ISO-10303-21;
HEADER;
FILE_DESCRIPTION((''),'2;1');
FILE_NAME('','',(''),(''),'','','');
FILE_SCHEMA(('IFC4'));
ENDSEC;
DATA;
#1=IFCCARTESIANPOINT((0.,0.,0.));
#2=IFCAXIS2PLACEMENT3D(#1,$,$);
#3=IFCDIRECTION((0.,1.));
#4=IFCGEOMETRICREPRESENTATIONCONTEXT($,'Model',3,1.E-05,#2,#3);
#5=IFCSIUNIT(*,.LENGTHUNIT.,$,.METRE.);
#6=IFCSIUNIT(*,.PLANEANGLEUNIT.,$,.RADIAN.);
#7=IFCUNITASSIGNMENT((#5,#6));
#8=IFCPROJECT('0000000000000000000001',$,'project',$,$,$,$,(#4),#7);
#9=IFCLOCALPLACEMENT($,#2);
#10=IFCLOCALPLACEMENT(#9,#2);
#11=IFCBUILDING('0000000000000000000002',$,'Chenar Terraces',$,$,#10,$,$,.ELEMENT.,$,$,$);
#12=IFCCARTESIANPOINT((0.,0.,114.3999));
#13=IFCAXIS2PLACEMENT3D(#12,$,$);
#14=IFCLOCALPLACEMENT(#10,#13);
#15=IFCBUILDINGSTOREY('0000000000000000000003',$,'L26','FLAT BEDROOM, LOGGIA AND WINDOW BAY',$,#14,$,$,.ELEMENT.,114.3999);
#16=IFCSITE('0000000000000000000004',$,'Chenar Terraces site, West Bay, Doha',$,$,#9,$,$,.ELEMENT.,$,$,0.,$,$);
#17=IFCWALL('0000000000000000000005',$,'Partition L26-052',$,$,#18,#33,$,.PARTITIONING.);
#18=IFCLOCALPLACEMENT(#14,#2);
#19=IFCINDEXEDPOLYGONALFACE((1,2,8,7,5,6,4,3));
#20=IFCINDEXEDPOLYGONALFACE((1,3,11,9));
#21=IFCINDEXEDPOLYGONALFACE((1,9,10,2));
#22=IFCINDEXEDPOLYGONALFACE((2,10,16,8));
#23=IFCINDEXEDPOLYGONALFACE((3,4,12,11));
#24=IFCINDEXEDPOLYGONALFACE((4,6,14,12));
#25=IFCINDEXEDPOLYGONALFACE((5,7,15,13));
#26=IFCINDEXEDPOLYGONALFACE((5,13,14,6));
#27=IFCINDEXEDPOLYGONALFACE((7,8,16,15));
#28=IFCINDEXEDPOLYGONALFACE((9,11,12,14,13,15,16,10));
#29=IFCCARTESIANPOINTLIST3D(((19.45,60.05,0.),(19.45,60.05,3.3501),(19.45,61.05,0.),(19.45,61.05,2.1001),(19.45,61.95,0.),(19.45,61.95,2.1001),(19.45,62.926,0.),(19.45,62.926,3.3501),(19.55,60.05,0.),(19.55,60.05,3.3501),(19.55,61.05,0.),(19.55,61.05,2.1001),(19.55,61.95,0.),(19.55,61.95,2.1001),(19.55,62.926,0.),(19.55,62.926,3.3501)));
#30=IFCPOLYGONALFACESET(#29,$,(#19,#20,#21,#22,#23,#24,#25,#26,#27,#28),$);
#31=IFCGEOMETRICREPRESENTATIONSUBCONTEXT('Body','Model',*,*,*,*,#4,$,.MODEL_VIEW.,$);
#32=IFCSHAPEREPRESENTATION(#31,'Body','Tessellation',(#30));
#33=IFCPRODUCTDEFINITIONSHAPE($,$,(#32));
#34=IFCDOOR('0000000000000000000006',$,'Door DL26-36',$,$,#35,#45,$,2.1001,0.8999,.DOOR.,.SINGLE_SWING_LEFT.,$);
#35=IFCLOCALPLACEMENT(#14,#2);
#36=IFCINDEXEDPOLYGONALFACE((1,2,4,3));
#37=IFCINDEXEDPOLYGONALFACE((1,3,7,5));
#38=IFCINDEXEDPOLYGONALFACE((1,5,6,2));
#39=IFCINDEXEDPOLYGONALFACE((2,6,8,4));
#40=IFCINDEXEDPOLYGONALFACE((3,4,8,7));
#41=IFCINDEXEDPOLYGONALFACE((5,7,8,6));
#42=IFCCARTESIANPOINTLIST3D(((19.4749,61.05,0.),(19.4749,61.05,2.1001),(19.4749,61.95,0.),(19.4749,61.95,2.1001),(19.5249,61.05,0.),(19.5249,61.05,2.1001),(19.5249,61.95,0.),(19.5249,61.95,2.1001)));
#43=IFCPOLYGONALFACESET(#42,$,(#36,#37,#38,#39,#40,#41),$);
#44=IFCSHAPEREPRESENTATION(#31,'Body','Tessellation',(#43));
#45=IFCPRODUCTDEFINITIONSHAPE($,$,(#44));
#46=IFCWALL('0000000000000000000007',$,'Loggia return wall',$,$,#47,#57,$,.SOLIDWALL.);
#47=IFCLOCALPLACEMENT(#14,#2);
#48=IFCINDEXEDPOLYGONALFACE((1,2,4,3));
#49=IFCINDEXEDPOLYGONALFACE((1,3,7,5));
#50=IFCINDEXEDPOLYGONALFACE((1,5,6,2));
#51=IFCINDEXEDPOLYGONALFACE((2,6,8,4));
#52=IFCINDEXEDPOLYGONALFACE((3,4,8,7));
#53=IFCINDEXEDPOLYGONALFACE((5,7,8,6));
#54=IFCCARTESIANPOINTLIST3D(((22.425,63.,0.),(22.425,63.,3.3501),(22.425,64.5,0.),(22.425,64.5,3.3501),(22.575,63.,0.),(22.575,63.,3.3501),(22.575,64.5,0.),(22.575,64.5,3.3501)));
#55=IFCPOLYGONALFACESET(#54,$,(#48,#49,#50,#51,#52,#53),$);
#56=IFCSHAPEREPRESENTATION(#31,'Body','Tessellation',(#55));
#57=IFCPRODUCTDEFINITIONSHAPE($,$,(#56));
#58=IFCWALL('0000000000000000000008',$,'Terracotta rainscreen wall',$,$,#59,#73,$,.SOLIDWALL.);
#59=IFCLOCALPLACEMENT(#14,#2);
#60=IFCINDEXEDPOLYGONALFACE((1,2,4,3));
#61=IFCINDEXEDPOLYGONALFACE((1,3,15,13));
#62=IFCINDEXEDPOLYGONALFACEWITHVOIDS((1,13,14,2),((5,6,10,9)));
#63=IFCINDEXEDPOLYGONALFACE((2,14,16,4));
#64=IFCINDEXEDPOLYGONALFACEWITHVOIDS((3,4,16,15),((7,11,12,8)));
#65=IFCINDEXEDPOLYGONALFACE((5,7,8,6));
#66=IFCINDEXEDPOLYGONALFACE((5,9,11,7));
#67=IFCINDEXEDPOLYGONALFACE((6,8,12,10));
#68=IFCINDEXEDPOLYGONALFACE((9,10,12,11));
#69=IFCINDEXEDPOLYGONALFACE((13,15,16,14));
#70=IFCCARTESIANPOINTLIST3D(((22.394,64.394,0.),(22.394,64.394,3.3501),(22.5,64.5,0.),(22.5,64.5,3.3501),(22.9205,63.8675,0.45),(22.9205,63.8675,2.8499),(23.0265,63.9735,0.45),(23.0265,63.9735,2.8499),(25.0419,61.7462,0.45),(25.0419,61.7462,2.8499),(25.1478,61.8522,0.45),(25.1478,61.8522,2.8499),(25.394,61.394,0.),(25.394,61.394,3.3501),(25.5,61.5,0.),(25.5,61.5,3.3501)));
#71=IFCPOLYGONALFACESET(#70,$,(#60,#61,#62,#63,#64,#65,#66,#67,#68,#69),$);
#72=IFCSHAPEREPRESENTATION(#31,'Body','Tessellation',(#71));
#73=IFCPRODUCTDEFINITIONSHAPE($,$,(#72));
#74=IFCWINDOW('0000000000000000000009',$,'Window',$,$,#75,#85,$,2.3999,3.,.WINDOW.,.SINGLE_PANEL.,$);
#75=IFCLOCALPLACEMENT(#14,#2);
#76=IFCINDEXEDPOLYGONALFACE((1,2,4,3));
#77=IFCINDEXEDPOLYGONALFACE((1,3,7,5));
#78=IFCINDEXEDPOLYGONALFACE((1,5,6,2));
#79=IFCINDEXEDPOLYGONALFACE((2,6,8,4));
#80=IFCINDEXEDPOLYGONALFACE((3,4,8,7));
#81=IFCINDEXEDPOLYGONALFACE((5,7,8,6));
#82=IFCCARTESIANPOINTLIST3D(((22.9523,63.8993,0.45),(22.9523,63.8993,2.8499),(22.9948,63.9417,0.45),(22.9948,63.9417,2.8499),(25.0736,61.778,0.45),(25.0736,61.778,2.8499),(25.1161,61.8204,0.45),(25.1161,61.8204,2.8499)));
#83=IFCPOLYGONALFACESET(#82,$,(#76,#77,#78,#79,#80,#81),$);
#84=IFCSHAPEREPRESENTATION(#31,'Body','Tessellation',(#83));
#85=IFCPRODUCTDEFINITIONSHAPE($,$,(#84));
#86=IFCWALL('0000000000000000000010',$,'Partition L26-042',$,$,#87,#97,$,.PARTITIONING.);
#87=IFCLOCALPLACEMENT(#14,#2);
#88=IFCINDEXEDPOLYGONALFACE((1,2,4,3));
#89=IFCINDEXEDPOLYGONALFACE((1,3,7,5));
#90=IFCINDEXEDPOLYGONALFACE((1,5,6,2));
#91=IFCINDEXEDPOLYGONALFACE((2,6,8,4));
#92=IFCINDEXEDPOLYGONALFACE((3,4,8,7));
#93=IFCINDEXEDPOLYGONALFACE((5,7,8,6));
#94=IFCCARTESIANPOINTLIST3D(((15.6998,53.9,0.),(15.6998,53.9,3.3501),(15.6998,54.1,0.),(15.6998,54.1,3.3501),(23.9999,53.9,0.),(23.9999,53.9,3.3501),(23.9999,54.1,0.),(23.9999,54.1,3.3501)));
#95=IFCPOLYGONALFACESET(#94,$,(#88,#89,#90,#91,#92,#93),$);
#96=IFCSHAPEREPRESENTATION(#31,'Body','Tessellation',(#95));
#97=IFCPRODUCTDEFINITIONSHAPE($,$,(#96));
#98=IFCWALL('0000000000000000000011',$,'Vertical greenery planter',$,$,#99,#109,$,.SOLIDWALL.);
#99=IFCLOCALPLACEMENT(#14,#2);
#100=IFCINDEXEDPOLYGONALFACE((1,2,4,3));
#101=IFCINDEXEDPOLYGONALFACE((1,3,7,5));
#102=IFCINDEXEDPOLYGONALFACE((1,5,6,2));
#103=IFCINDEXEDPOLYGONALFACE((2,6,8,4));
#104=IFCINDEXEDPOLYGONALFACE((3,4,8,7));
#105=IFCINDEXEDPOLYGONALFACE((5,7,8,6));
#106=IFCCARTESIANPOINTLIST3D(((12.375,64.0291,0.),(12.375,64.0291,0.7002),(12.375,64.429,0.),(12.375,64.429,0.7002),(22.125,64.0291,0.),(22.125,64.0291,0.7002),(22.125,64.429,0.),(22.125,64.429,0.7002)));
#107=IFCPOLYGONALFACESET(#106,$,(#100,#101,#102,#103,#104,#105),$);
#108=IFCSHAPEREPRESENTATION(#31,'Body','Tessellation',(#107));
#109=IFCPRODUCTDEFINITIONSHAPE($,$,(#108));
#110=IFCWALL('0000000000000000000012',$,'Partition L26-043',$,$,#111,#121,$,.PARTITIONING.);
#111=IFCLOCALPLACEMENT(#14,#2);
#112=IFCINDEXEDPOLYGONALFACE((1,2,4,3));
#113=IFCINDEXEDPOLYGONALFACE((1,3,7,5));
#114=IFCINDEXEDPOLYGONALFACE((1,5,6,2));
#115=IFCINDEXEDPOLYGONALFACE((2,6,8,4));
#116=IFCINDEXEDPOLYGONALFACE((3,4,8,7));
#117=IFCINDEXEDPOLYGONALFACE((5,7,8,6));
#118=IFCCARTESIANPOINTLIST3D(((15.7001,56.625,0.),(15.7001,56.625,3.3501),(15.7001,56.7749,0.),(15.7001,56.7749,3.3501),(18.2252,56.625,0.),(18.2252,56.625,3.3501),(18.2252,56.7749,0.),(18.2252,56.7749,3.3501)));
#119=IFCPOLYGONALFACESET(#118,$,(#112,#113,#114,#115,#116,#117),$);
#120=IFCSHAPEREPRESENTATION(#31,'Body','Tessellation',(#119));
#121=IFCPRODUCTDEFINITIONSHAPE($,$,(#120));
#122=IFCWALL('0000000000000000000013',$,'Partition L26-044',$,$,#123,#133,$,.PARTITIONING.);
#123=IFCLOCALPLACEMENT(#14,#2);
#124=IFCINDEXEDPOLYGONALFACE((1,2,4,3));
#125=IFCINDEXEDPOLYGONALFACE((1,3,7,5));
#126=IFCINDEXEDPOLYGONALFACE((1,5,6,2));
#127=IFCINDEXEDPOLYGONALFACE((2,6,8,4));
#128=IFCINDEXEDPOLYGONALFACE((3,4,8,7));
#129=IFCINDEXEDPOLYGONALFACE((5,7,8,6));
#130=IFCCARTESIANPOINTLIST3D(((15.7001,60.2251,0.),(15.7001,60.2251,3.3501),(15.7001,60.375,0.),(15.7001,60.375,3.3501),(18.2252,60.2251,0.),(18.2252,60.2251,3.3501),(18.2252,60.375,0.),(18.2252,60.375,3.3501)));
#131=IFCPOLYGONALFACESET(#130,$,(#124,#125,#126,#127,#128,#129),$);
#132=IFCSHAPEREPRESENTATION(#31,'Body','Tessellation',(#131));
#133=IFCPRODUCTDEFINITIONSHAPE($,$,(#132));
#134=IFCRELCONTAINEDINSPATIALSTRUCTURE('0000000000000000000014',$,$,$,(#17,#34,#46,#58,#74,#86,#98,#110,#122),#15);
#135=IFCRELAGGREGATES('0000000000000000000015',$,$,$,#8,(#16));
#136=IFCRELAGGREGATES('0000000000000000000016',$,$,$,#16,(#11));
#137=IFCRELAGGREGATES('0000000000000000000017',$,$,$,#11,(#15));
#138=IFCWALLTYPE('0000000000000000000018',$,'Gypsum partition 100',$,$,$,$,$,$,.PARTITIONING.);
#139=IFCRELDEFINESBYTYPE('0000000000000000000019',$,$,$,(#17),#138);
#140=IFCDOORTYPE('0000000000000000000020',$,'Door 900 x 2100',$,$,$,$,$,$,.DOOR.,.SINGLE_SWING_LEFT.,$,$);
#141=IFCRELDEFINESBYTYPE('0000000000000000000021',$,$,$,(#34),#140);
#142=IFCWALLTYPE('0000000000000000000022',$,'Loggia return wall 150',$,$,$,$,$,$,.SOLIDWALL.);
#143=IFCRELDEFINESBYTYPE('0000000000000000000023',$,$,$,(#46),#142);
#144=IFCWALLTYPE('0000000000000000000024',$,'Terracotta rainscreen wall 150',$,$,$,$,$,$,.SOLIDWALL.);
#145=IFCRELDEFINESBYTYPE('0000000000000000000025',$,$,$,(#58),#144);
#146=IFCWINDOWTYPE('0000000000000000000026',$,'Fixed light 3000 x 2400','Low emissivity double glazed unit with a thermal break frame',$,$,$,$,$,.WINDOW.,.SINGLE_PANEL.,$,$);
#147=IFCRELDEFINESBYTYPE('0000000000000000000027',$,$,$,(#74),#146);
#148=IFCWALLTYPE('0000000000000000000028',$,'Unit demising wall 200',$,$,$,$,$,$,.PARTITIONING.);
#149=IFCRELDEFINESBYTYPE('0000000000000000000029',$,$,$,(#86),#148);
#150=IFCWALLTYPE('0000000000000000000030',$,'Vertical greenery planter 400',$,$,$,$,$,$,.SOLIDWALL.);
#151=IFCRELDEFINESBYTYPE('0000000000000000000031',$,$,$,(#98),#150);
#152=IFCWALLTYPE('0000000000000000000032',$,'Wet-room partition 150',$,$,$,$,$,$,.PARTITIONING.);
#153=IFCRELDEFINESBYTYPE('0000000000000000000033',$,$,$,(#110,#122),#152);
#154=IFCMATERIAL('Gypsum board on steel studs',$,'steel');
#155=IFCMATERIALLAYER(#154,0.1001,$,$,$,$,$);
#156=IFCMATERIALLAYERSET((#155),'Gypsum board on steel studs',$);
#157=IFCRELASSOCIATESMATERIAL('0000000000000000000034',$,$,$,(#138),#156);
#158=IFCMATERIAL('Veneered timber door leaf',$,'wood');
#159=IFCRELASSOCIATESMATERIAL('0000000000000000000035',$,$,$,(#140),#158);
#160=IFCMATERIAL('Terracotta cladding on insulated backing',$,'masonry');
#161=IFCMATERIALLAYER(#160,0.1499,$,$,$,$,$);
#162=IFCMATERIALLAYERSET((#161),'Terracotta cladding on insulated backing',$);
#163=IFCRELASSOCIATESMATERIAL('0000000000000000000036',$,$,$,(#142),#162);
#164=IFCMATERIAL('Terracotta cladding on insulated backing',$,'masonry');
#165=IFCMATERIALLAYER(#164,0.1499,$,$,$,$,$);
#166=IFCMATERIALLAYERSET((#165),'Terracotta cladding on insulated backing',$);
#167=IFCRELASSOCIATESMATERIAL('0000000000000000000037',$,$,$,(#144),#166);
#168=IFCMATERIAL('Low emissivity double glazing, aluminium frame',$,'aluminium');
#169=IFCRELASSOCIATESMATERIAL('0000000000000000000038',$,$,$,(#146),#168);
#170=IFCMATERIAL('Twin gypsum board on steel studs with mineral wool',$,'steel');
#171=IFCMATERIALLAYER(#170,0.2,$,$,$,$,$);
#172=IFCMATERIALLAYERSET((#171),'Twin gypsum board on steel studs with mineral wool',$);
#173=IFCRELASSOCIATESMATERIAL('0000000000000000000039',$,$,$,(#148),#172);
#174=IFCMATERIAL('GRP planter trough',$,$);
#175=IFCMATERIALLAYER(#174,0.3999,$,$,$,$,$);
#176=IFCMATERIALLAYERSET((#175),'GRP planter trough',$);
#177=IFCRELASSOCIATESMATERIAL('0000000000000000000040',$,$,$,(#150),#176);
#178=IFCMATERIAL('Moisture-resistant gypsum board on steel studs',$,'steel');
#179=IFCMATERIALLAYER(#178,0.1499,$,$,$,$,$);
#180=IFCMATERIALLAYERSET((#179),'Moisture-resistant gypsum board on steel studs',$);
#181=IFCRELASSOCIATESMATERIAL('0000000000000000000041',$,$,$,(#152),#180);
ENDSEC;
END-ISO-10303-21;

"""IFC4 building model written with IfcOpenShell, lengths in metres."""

from ifc_helpers import new_model, si_unit, direction, frame, frame_2d, origin, place, context, subcontext, project, spatial, rectangle, extrude, material, layer, layer_set, type_object, element, fill, save


model = new_model("IFC4")

# Units and contexts
model_context = context("Model", 3, precision=1e-05, world=origin(), true_north=direction((0.0, 1.0)))
body_context = subcontext(model_context, "Body", "Model", "MODEL_VIEW")
ifc_project = project(units=[si_unit("LENGTHUNIT", "METRE"), si_unit("PLANEANGLEUNIT", "RADIAN")], contexts=[model_context])

# Site, building, storey
site_placement = place(None, origin())
site = spatial("IfcSite", under=ifc_project, at=site_placement, Name="Chenar Terraces site, West Bay, Doha", CompositionType="ELEMENT", RefElevation=0.0)
building_placement = place(site_placement, origin())
building = spatial("IfcBuilding", under=site, at=building_placement, Name="Chenar Terraces", CompositionType="ELEMENT")
storey_placement = place(building_placement, frame((0.0, 0.0, 114.3999)))
storey = spatial("IfcBuildingStorey", under=building, at=storey_placement, Name="L26", Description="FLAT BEDROOM, LOGGIA AND WINDOW BAY", CompositionType="ELEMENT", Elevation=114.3999)

# Shared definitions
ifc_material_1 = material(Name="Gypsum board on steel studs", Category="steel")
ifc_layer_1 = layer(ifc_material_1, 0.1001)
ifc_layer_set_1 = layer_set([ifc_layer_1], Name="Gypsum board on steel studs")
wall_type_1 = type_object("IfcWallType", Name="Gypsum partition 100", PredefinedType="PARTITIONING", material=ifc_layer_set_1)

# Wall, opening, door
ifc_material_2 = material(Name="Veneered timber door leaf", Category="wood")
door_type_1 = type_object("IfcDoorType", Name="Door 900 x 2100", OperationType="SINGLE_SWING_LEFT", PredefinedType="DOOR", material=ifc_material_2)
wall_1_placement = place(storey_placement, frame((19.5, 60.05, 0.0), z_axis=(0.0, 0.0, 1.0), x_axis=(0.0, 1.0, 0.0)))
wall_1 = element("IfcWall", 1, at=wall_1_placement, inside=storey, type_object=wall_type_1, Name="Partition L26-052", PredefinedType="PARTITIONING", context=body_context, shape_type="SweptSolid", body=[
    extrude(rectangle(XDim=2.876, YDim=0.1001, at=frame_2d((1.438, 0.0))), origin(), (0.0, 0.0, 1.0), 3.3501),
])
opening_1_placement = place(wall_1_placement, frame((1.0, 0.0, 0.0)))
opening_1 = element("IfcOpeningElement", 2, at=opening_1_placement, cuts=wall_1, PredefinedType="OPENING", context=body_context, shape_type="SweptSolid", body=[
    extrude(rectangle(XDim=0.8999, YDim=2.1001, at=frame_2d((0.45, 1.05))), frame((0.0, 0.0601, 0.0), z_axis=(0.0, -1.0, 0.0), x_axis=(1.0, 0.0, 0.0)), (0.0, 0.0, 1.0), 0.1201),
])
door_1_placement = place(opening_1_placement, frame((0.8999, 0.0, 0.0), z_axis=(0.0, 0.0, 1.0), x_axis=(-1.0, 0.0, 0.0)))
door_1 = element("IfcDoor", 3, at=door_1_placement, inside=storey, type_object=door_type_1, Name="Door DL26-36", OperationType="SINGLE_SWING_LEFT", OverallHeight=2.1001, OverallWidth=0.8999, PredefinedType="DOOR", context=body_context, shape_type="SweptSolid", body=[
    extrude(rectangle(XDim=0.8999, YDim=2.1001, at=frame_2d((0.45, 1.05))), frame((0.0, 0.0249, 0.0), z_axis=(0.0, -1.0, 0.0), x_axis=(1.0, 0.0, 0.0)), (0.0, 0.0, 1.0), 0.05),
])
fill(opening_1, door_1)

# Wall
ifc_material_3 = material(Name="Terracotta cladding on insulated backing", Category="masonry")
ifc_layer_2 = layer(ifc_material_3, 0.1499)
ifc_layer_set_2 = layer_set([ifc_layer_2], Name="Terracotta cladding on insulated backing")
wall_type_2 = type_object("IfcWallType", Name="Loggia return wall 150", PredefinedType="SOLIDWALL", material=ifc_layer_set_2)
wall_2_placement = place(storey_placement, frame((22.5, 64.5, 0.0), z_axis=(0.0, 0.0, 1.0), x_axis=(0.0, -1.0, 0.0)))
element("IfcWall", 4, at=wall_2_placement, inside=storey, type_object=wall_type_2, Name="Loggia return wall", PredefinedType="SOLIDWALL", context=body_context, shape_type="SweptSolid", body=[
    extrude(rectangle(XDim=1.5, YDim=0.1499, at=frame_2d((0.75, 0.0))), origin(), (0.0, 0.0, 1.0), 3.3501),
])

# Wall, opening, window
ifc_material_4 = material(Name="Terracotta cladding on insulated backing", Category="masonry")
ifc_layer_3 = layer(ifc_material_4, 0.1499)
ifc_layer_set_3 = layer_set([ifc_layer_3], Name="Terracotta cladding on insulated backing")
wall_type_3 = type_object("IfcWallType", Name="Terracotta rainscreen wall 150", PredefinedType="SOLIDWALL", material=ifc_layer_set_3)
wall_3_placement = place(storey_placement, frame((25.447, 61.447, 0.0), z_axis=(0.0, 0.0, 1.0), x_axis=(-0.707107, 0.707107, 0.0)))
wall_3 = element("IfcWall", 5, at=wall_3_placement, inside=storey, type_object=wall_type_3, Name="Terracotta rainscreen wall", PredefinedType="SOLIDWALL", context=body_context, shape_type="SweptSolid", body=[
    extrude(rectangle(XDim=4.2427, YDim=0.1499, at=frame_2d((2.1213, 0.0))), origin(), (0.0, 0.0, 1.0), 3.3501),
])
opening_2_placement = place(wall_3_placement, frame((0.498, 0.0, 0.45)))
opening_2 = element("IfcOpeningElement", 6, at=opening_2_placement, cuts=wall_3, PredefinedType="OPENING", context=body_context, shape_type="SweptSolid", body=[
    extrude(rectangle(XDim=3.0, YDim=2.3999, at=frame_2d((1.5, 1.2))), frame((0.0, 0.085, 0.0), z_axis=(0.0, -1.0, 0.0), x_axis=(1.0, 0.0, 0.0)), (0.0, 0.0, 1.0), 0.1699),
])
ifc_material_5 = material(Name="Low emissivity double glazing, aluminium frame", Category="aluminium")
window_type_1 = type_object("IfcWindowType", Name="Fixed light 3000 x 2400", Description="Low emissivity double glazed unit with a thermal break frame", PartitioningType="SINGLE_PANEL", PredefinedType="WINDOW", material=ifc_material_5)
window_1_placement = place(opening_2_placement, origin())
window_1 = element("IfcWindow", 7, at=window_1_placement, inside=storey, type_object=window_type_1, Name="Window", OverallHeight=2.3999, OverallWidth=3.0, PartitioningType="SINGLE_PANEL", PredefinedType="WINDOW", context=body_context, shape_type="SweptSolid", body=[
    extrude(rectangle(XDim=3.0, YDim=2.3999, at=frame_2d((1.5, 1.2))), frame((0.0, 0.03, 0.0), z_axis=(0.0, -1.0, 0.0), x_axis=(1.0, 0.0, 0.0)), (0.0, 0.0, 1.0), 0.0601),
])
fill(opening_2, window_1)

# Walls
ifc_material_6 = material(Name="Twin gypsum board on steel studs with mineral wool", Category="steel")
ifc_layer_4 = layer(ifc_material_6, 0.2)
ifc_layer_set_4 = layer_set([ifc_layer_4], Name="Twin gypsum board on steel studs with mineral wool")
wall_type_4 = type_object("IfcWallType", Name="Unit demising wall 200", PredefinedType="PARTITIONING", material=ifc_layer_set_4)
wall_4_placement = place(storey_placement, frame((15.7, 54.0, 0.0), z_axis=(0.0, 0.0, 1.0), x_axis=(1.0, 0.0, 0.0)))
element("IfcWall", 8, at=wall_4_placement, inside=storey, type_object=wall_type_4, Name="Partition L26-042", PredefinedType="PARTITIONING", context=body_context, shape_type="SweptSolid", body=[
    extrude(rectangle(XDim=8.3, YDim=0.2, at=frame_2d((4.1499, 0.0))), origin(), (0.0, 0.0, 1.0), 3.3501),
])
ifc_material_7 = material(Name="GRP planter trough")
ifc_layer_5 = layer(ifc_material_7, 0.3999)
ifc_layer_set_5 = layer_set([ifc_layer_5], Name="GRP planter trough")
wall_type_5 = type_object("IfcWallType", Name="Vertical greenery planter 400", PredefinedType="SOLIDWALL", material=ifc_layer_set_5)
wall_5_placement = place(storey_placement, frame((22.125, 64.229, 0.0), z_axis=(0.0, 0.0, 1.0), x_axis=(-1.0, 0.0, 0.0)))
element("IfcWall", 9, at=wall_5_placement, inside=storey, type_object=wall_type_5, Name="Vertical greenery planter", PredefinedType="SOLIDWALL", context=body_context, shape_type="SweptSolid", body=[
    extrude(rectangle(XDim=9.75, YDim=0.3999, at=frame_2d((4.875, 0.0))), origin(), (0.0, 0.0, 1.0), 0.7002),
])
ifc_material_8 = material(Name="Moisture-resistant gypsum board on steel studs", Category="steel")
ifc_layer_6 = layer(ifc_material_8, 0.1499)
ifc_layer_set_6 = layer_set([ifc_layer_6], Name="Moisture-resistant gypsum board on steel studs")
wall_type_6 = type_object("IfcWallType", Name="Wet-room partition 150", PredefinedType="PARTITIONING", material=ifc_layer_set_6)
for number, where, z_axis, x_axis, name in (
    (10, (15.7, 56.7, 0.0), (0.0, 0.0, 1.0), (1.0, 0.0, 0.0), "Partition L26-043"),
    (11, (15.7, 60.3, 0.0), (0.0, 0.0, 1.0), (1.0, 0.0, 0.0), "Partition L26-044"),
):
    element("IfcWall", number, at=place(storey_placement, frame(where, z_axis=z_axis, x_axis=x_axis)), inside=storey, type_object=wall_type_6, Name=name, PredefinedType="PARTITIONING", context=body_context, shape_type="SweptSolid", body=[
        extrude(rectangle(XDim=2.5251, YDim=0.1499, at=frame_2d((1.2627, 0.0))), origin(), (0.0, 0.0, 1.0), 3.3501),
    ])

save(model, "model.ifc")
